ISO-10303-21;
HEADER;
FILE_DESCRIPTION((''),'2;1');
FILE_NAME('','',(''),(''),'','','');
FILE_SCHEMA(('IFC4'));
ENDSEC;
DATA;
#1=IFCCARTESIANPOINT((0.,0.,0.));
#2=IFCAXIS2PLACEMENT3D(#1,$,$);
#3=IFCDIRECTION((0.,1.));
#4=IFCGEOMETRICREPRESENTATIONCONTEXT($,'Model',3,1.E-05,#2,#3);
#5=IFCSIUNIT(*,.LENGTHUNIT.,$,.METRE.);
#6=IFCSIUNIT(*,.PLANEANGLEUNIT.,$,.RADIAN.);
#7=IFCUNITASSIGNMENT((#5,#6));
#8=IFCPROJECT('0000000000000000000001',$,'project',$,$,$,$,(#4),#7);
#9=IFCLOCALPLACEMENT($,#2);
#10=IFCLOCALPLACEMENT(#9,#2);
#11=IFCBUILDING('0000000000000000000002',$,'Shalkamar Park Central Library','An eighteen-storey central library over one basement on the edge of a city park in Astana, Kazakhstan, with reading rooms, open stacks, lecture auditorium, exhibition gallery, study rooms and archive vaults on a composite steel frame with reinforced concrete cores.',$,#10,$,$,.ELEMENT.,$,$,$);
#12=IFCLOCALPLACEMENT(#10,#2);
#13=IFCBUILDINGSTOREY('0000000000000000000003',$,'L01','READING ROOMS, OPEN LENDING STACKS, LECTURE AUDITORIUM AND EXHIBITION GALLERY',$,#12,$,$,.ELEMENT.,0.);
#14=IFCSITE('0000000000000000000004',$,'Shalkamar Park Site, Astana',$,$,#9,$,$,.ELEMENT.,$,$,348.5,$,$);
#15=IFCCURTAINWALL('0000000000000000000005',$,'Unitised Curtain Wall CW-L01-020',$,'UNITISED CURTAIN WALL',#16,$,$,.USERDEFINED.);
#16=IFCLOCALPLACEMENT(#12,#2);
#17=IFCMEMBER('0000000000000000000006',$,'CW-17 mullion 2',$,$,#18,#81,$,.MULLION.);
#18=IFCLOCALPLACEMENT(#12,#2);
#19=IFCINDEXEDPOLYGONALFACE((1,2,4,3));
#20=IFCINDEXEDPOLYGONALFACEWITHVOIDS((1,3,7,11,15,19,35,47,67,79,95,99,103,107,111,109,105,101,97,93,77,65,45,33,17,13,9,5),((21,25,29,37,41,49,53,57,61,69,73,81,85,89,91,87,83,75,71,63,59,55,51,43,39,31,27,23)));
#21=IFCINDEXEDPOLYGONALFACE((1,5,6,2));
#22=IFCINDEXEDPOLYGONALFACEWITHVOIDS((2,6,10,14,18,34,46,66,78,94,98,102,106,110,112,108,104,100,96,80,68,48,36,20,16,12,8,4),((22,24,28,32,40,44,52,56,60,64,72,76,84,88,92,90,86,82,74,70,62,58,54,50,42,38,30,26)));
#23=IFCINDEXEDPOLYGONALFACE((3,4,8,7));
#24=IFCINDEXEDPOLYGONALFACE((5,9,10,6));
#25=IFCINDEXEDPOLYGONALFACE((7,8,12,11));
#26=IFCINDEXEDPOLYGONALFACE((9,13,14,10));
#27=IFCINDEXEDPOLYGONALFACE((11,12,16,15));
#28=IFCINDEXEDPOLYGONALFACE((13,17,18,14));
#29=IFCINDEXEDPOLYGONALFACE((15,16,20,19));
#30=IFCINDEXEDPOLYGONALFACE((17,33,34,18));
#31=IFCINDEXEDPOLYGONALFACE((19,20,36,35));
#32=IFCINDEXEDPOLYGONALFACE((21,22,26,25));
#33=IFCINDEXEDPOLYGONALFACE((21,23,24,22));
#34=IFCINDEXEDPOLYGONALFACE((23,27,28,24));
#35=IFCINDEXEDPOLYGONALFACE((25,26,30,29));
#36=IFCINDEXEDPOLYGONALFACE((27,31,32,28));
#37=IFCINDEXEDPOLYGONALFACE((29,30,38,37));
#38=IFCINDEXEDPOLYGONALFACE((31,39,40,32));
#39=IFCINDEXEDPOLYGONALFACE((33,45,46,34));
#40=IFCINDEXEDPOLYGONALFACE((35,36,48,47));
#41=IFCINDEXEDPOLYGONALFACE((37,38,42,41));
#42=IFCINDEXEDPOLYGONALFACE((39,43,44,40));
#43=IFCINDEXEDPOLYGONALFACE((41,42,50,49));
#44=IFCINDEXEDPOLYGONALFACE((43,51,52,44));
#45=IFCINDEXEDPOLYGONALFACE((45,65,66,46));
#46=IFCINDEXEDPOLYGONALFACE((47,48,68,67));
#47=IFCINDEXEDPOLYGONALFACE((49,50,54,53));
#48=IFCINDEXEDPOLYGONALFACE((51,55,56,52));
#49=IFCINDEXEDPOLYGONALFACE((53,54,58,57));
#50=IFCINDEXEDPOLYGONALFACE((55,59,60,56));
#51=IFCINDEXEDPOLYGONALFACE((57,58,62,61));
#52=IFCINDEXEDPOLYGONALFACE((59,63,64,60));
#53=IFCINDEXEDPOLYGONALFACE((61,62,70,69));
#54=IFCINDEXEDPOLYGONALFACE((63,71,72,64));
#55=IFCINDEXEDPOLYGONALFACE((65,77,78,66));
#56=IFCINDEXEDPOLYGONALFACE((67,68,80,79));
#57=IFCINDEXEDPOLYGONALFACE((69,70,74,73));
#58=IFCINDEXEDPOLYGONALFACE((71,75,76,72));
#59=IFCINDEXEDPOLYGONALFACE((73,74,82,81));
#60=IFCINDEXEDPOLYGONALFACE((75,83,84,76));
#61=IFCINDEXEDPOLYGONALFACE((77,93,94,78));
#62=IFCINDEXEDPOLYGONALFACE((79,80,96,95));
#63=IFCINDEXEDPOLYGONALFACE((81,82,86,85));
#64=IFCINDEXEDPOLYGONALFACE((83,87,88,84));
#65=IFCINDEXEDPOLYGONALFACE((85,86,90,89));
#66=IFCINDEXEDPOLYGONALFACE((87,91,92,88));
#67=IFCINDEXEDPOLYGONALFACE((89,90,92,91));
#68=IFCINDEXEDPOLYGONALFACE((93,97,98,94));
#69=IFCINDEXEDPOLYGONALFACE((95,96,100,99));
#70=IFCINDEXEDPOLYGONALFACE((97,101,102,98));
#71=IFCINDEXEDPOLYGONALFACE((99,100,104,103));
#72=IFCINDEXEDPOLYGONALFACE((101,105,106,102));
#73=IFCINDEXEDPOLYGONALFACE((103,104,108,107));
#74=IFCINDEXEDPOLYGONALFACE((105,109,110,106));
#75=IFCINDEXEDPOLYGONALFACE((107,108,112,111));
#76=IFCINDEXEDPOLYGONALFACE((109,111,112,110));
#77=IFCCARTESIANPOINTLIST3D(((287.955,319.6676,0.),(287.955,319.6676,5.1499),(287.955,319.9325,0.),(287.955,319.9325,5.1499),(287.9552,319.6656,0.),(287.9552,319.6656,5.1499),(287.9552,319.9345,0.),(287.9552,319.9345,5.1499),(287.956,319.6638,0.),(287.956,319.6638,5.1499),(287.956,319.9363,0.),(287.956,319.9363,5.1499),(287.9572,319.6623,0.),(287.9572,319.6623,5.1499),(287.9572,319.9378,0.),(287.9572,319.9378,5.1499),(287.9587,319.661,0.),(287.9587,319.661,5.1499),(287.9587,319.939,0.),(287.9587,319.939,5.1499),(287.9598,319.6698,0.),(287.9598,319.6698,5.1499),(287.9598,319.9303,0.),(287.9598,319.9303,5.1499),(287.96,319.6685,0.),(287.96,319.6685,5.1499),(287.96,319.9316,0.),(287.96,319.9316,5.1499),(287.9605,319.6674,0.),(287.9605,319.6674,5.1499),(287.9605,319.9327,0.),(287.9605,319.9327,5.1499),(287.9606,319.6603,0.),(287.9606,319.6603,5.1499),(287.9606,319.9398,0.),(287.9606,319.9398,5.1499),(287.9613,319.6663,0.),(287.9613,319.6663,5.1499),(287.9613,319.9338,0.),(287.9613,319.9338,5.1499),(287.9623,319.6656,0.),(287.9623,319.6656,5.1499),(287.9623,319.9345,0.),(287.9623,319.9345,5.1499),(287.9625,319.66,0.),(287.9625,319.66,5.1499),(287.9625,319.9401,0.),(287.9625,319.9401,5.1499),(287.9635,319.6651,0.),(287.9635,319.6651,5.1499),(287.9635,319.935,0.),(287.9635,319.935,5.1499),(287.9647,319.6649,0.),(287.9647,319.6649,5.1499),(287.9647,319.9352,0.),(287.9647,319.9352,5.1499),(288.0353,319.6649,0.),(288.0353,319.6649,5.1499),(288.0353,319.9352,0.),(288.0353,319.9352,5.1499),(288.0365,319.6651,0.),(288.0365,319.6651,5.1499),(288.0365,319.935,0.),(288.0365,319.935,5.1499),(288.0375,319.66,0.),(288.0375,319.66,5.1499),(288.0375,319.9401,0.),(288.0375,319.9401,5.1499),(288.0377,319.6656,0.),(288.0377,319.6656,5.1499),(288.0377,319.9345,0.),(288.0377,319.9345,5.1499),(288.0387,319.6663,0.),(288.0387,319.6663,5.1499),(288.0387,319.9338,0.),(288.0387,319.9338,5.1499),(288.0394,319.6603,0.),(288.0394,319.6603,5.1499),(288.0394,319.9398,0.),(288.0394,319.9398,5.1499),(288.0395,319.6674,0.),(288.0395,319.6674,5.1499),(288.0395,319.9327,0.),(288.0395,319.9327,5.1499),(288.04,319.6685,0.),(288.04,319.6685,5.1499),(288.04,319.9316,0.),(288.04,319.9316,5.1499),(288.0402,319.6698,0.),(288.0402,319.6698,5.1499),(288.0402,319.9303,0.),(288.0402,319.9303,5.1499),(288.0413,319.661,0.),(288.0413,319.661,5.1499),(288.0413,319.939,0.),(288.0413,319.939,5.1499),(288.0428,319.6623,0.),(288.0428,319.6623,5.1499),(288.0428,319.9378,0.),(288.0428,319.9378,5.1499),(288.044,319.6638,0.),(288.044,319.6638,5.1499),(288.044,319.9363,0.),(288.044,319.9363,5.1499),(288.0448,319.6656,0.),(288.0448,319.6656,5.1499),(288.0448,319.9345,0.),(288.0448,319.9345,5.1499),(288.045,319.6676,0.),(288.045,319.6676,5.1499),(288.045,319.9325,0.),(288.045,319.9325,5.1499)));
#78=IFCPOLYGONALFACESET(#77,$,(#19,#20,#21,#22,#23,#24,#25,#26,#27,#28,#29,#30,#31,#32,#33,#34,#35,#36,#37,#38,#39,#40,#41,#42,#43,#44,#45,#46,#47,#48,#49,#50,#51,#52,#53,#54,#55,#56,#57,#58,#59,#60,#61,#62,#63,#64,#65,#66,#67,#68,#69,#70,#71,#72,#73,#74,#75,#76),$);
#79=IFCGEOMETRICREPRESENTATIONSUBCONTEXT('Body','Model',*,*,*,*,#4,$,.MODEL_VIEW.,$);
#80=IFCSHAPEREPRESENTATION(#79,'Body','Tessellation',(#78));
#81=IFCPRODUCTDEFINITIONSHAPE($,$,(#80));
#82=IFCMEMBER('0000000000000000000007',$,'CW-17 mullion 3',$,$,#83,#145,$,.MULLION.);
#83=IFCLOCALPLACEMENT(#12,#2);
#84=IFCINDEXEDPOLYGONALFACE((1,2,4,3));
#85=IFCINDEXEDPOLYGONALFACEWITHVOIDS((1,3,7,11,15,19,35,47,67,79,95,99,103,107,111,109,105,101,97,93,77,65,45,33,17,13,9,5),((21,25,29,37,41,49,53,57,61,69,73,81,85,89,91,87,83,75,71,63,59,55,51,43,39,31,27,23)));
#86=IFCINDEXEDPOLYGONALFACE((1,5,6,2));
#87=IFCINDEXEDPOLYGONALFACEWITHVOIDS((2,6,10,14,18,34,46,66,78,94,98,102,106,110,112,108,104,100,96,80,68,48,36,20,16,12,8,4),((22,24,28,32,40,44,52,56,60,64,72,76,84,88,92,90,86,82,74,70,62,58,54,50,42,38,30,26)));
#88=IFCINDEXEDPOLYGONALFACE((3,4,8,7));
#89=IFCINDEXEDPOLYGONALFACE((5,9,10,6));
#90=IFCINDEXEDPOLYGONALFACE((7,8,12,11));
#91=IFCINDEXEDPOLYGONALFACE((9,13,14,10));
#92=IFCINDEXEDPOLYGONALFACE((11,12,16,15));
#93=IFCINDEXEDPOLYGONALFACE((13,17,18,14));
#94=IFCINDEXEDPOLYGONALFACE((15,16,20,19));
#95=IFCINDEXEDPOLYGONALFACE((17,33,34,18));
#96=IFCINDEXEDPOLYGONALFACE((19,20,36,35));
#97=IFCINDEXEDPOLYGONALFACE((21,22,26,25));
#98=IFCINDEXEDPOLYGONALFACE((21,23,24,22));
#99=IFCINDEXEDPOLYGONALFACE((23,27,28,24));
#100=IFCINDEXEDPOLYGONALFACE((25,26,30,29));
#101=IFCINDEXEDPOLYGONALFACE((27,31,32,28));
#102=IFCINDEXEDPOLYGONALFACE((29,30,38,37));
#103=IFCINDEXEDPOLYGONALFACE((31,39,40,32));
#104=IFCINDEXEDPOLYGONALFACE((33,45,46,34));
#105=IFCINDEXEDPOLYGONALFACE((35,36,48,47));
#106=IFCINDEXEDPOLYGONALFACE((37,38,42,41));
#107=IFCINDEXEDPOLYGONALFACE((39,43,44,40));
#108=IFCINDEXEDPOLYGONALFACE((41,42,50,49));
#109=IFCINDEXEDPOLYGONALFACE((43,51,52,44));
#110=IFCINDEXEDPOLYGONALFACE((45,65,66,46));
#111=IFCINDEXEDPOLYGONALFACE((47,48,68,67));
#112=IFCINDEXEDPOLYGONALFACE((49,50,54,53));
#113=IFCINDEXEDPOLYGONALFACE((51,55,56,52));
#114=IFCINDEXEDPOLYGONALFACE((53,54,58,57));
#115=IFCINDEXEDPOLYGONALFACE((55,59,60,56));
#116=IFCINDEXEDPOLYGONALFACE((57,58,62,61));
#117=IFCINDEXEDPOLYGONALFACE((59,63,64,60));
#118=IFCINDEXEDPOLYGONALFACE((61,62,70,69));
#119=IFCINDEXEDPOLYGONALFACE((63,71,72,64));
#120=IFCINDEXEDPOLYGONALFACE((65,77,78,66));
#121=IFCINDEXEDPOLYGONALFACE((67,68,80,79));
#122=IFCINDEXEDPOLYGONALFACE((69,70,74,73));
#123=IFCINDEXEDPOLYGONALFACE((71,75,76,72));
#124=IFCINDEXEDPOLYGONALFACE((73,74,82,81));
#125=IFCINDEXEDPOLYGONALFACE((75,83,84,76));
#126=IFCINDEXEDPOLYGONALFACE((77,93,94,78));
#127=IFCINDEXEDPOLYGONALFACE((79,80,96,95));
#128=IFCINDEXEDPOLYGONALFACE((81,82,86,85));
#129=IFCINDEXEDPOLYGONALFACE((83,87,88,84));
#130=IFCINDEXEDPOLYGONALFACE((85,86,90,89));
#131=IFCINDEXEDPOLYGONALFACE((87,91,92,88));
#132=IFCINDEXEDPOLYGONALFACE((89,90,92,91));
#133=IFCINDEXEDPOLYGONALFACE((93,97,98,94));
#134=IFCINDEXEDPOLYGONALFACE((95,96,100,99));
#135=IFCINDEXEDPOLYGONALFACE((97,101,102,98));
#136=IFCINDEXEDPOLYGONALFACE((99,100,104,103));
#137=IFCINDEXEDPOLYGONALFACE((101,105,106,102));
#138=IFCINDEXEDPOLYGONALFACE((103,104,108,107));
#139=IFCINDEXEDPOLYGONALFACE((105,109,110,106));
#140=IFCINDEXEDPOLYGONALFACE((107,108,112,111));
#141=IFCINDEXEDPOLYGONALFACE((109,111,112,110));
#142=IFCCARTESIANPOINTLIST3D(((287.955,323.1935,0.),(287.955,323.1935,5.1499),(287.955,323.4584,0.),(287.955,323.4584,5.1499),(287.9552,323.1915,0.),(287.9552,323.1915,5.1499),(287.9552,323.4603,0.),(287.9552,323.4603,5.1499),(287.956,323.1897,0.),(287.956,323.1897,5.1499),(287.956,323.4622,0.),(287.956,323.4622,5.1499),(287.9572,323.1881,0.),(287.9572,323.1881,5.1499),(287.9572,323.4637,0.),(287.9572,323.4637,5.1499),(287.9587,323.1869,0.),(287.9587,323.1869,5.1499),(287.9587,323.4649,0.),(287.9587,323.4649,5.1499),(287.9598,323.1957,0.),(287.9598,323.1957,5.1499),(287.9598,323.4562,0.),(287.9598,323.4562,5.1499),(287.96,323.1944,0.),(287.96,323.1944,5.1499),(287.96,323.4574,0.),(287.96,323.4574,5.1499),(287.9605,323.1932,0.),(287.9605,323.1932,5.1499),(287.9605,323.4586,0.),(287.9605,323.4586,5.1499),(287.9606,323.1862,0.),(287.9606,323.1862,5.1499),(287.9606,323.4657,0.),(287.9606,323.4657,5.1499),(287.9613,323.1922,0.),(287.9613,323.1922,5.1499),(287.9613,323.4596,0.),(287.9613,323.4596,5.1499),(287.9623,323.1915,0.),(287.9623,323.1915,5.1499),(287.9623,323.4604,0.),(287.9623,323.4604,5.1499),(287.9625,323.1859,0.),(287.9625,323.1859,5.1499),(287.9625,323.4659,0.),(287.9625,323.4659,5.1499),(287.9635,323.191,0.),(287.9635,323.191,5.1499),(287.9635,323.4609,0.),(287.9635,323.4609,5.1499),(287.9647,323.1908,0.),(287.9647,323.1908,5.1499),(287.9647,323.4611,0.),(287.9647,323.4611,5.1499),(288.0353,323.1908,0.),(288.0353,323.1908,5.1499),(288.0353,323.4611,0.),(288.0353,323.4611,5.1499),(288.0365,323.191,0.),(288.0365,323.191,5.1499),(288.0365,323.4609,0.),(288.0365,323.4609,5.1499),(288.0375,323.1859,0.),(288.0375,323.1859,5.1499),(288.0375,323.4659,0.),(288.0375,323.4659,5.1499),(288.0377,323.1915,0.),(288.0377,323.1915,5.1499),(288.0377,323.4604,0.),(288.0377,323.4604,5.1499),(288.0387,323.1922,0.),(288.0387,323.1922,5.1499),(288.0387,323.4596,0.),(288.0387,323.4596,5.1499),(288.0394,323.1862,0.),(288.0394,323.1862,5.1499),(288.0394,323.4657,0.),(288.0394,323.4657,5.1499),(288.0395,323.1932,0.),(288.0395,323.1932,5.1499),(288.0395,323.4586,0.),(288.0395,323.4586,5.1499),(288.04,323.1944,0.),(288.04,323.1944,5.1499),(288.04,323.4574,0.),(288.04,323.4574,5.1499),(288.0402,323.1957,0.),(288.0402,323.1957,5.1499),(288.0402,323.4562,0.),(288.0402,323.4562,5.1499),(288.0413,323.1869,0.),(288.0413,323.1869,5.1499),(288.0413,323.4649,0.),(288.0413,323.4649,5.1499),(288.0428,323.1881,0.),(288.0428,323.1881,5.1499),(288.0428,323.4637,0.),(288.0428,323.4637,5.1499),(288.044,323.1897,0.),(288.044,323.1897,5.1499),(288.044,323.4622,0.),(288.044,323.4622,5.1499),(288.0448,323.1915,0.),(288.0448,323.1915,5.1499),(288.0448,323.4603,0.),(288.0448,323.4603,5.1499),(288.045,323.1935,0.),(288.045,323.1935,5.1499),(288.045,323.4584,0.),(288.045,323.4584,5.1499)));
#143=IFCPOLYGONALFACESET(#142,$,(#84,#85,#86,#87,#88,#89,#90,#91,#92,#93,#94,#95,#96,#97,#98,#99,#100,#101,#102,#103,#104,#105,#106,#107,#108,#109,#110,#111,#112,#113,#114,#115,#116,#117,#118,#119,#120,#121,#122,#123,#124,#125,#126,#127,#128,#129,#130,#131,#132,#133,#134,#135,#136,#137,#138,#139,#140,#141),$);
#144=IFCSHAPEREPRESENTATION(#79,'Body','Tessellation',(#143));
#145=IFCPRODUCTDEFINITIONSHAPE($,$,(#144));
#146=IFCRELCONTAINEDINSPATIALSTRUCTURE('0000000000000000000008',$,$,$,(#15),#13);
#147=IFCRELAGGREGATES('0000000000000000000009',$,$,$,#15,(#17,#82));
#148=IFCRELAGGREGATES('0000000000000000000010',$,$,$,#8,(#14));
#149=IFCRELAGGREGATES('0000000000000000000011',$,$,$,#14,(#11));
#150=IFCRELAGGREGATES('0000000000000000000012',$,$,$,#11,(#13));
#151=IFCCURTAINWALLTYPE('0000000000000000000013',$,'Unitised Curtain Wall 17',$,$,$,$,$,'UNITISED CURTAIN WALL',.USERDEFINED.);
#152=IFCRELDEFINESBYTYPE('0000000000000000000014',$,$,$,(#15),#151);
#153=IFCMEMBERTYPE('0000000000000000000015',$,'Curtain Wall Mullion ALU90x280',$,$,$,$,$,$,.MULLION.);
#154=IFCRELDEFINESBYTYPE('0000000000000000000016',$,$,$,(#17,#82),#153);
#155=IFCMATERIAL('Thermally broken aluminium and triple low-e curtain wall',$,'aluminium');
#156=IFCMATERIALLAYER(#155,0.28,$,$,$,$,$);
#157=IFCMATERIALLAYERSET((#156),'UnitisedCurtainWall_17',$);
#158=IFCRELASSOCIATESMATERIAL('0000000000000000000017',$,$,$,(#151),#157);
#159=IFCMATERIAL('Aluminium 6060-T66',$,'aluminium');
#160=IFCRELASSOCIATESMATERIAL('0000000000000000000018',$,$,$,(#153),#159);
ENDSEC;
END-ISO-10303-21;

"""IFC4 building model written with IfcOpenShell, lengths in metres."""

from ifc_helpers import new_model, si_unit, direction, frame, origin, origin_2d, place, context, subcontext, project, spatial, hollow_rectangle, extrude, material, layer, layer_set, material_profile, profile_set, type_object, element, aggregate, save


model = new_model("IFC4")

# Units and contexts
model_context = context("Model", 3, precision=1e-05, world=origin(), true_north=direction((0.0, 1.0)))
body_context = subcontext(model_context, "Body", "Model", "MODEL_VIEW")
ifc_project = project(units=[si_unit("LENGTHUNIT", "METRE"), si_unit("PLANEANGLEUNIT", "RADIAN")], contexts=[model_context])

# Site, building, storey
site_placement = place(None, origin())
site = spatial("IfcSite", under=ifc_project, at=site_placement, Name="Shalkamar Park Site, Astana", CompositionType="ELEMENT", RefElevation=348.5)
building_placement = place(site_placement, origin())
building = spatial("IfcBuilding", under=site, at=building_placement, Name="Shalkamar Park Central Library", Description="An eighteen-storey central library over one basement on the edge of a city park in Astana, Kazakhstan, with reading rooms, open stacks, lecture auditorium, exhibition gallery, study rooms and archive vaults on a composite steel frame with reinforced concrete cores.", CompositionType="ELEMENT")
storey_placement = place(building_placement, origin())
storey = spatial("IfcBuildingStorey", under=building, at=storey_placement, Name="L01", Description="READING ROOMS, OPEN LENDING STACKS, LECTURE AUDITORIUM AND EXHIBITION GALLERY", CompositionType="ELEMENT", Elevation=0.0)

# Curtain wall, members
ifc_material_1 = material(Name="Thermally broken aluminium and triple low-e curtain wall", Category="aluminium")
ifc_layer_1 = layer(ifc_material_1, 0.28)
ifc_layer_set_1 = layer_set([ifc_layer_1], Name="UnitisedCurtainWall_17")
curtain_wall_type = type_object("IfcCurtainWallType", Name="Unitised Curtain Wall 17", ElementType="UNITISED CURTAIN WALL", PredefinedType="USERDEFINED", material=ifc_layer_set_1)
curtain_wall_placement = place(storey_placement, origin())
curtain_wall = element("IfcCurtainWall", 1, at=curtain_wall_placement, inside=storey, type_object=curtain_wall_type, Name="Unitised Curtain Wall CW-L01-020", ObjectType="UNITISED CURTAIN WALL", PredefinedType="USERDEFINED")
ifc_material_2 = material(Name="Aluminium 6060-T66", Category="aluminium")
ifc_material_profile_1 = material_profile(ifc_material_2, hollow_rectangle(XDim=0.0901, YDim=0.28, WallThickness=0.0049, InnerFilletRadius=0.0049, OuterFilletRadius=0.0076, at=origin_2d()), Name="ALU 90x280x5")
ifc_profile_set_1 = profile_set([ifc_material_profile_1], Name="Aluminium 6060-T66")
member_type_1 = type_object("IfcMemberType", Name="Curtain Wall Mullion ALU90x280", PredefinedType="MULLION", material=ifc_profile_set_1)
member_1_placement = place(storey_placement, frame((288.0, 319.8, 0.0), z_axis=(0.0, 0.0, 1.0), x_axis=(-1.0, 0.0, 0.0)))
member_1 = element("IfcMember", 2, at=member_1_placement, type_object=member_type_1, Name="CW-17 mullion 2", PredefinedType="MULLION", context=body_context, shape_type="SweptSolid", body=[
    extrude(hollow_rectangle(XDim=0.0901, YDim=0.28, WallThickness=0.0049, InnerFilletRadius=0.0049, OuterFilletRadius=0.0076, at=origin_2d()), origin(), (0.0, 0.0, 1.0), 5.1499),
])
member_2_placement = place(storey_placement, frame((288.0, 323.3259, 0.0), z_axis=(0.0, 0.0, 1.0), x_axis=(-1.0, 0.0, 0.0)))
member_2 = element("IfcMember", 3, at=member_2_placement, type_object=member_type_1, Name="CW-17 mullion 3", PredefinedType="MULLION", context=body_context, shape_type="SweptSolid", body=[
    extrude(hollow_rectangle(XDim=0.0901, YDim=0.28, WallThickness=0.0049, InnerFilletRadius=0.0049, OuterFilletRadius=0.0076, at=origin_2d()), origin(), (0.0, 0.0, 1.0), 5.1499),
])

aggregate(curtain_wall, [member_1, member_2])

save(model, "model.ifc")
